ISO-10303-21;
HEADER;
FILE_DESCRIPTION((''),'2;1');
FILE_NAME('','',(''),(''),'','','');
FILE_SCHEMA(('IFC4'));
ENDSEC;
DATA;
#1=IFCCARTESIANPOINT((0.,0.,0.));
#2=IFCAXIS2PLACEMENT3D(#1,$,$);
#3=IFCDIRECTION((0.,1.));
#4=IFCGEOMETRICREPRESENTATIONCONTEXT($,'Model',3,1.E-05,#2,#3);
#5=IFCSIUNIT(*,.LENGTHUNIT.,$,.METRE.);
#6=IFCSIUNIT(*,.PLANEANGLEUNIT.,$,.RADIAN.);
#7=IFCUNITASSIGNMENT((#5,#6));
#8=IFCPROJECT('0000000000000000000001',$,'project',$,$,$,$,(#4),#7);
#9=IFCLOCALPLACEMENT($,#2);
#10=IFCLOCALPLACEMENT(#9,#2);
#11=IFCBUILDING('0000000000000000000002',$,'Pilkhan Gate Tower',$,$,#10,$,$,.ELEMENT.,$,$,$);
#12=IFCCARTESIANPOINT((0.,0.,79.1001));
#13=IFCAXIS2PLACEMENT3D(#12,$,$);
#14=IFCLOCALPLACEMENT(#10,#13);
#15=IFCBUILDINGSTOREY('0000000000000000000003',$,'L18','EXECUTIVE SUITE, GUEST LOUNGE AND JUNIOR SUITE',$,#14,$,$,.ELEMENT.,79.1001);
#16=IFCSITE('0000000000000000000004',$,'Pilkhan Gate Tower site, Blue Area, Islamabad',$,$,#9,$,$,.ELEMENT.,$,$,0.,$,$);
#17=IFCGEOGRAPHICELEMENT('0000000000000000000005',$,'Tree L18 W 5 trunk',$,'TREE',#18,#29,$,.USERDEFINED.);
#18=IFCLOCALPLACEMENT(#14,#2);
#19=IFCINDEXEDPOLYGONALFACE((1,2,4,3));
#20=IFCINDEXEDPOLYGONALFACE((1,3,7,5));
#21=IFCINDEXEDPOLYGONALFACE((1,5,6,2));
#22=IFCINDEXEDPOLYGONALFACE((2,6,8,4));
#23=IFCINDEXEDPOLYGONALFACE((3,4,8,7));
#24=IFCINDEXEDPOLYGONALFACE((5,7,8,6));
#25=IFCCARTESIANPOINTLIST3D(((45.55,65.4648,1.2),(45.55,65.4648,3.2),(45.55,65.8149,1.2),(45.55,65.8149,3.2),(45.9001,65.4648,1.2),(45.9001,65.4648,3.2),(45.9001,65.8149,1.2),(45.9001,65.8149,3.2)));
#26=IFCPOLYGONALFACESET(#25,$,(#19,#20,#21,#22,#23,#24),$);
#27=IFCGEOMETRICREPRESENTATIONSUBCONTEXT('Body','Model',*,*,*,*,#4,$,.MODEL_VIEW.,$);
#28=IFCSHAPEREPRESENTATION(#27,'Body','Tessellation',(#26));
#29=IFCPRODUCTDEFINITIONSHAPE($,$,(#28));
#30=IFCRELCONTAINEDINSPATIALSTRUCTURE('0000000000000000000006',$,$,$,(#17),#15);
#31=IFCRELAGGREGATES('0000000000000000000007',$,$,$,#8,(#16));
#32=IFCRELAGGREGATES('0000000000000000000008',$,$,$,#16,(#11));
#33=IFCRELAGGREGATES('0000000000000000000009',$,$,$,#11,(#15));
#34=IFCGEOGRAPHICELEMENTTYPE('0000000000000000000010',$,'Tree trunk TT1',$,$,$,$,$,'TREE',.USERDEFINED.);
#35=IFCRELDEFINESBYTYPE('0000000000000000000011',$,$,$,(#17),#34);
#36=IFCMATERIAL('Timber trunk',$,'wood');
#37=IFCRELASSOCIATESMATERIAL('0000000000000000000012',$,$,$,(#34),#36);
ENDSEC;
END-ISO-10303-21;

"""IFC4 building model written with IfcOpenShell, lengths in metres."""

from ifc_helpers import new_model, si_unit, direction, frame, origin, origin_2d, place, context, subcontext, project, spatial, rectangle, extrude, material, type_object, element, save


model = new_model("IFC4")

# Units and contexts
model_context = context("Model", 3, precision=1e-05, world=origin(), true_north=direction((0.0, 1.0)))
body_context = subcontext(model_context, "Body", "Model", "MODEL_VIEW")
ifc_project = project(units=[si_unit("LENGTHUNIT", "METRE"), si_unit("PLANEANGLEUNIT", "RADIAN")], contexts=[model_context])

# Site, building, storey
site_placement = place(None, origin())
site = spatial("IfcSite", under=ifc_project, at=site_placement, Name="Pilkhan Gate Tower site, Blue Area, Islamabad", CompositionType="ELEMENT", RefElevation=0.0)
building_placement = place(site_placement, origin())
building = spatial("IfcBuilding", under=site, at=building_placement, Name="Pilkhan Gate Tower", CompositionType="ELEMENT")
storey_placement = place(building_placement, frame((0.0, 0.0, 79.1001)))
storey = spatial("IfcBuildingStorey", under=building, at=storey_placement, Name="L18", Description="EXECUTIVE SUITE, GUEST LOUNGE AND JUNIOR SUITE", CompositionType="ELEMENT", Elevation=79.1001)

# Geographic element
ifc_material_1 = material(Name="Timber trunk", Category="wood")
geographic_element_type_1 = type_object("IfcGeographicElementType", Name="Tree trunk TT1", ElementType="TREE", PredefinedType="USERDEFINED", material=ifc_material_1)
for number, where, z_axis, x_axis, name in (
    (1, (45.7251, 65.6399, 1.2), (0.0, 0.0, 1.0), (1.0, 0.0, 0.0), "Tree L18 W 5 trunk"),
):
    element("IfcGeographicElement", number, at=place(storey_placement, frame(where, z_axis=z_axis, x_axis=x_axis)), inside=storey, type_object=geographic_element_type_1, Name=name, ObjectType="TREE", PredefinedType="USERDEFINED", context=body_context, shape_type="SweptSolid", body=[
        extrude(rectangle(XDim=0.3501, YDim=0.3501, at=origin_2d()), origin(), (0.0, 0.0, 1.0), 2.0),
    ])

save(model, "model.ifc")
